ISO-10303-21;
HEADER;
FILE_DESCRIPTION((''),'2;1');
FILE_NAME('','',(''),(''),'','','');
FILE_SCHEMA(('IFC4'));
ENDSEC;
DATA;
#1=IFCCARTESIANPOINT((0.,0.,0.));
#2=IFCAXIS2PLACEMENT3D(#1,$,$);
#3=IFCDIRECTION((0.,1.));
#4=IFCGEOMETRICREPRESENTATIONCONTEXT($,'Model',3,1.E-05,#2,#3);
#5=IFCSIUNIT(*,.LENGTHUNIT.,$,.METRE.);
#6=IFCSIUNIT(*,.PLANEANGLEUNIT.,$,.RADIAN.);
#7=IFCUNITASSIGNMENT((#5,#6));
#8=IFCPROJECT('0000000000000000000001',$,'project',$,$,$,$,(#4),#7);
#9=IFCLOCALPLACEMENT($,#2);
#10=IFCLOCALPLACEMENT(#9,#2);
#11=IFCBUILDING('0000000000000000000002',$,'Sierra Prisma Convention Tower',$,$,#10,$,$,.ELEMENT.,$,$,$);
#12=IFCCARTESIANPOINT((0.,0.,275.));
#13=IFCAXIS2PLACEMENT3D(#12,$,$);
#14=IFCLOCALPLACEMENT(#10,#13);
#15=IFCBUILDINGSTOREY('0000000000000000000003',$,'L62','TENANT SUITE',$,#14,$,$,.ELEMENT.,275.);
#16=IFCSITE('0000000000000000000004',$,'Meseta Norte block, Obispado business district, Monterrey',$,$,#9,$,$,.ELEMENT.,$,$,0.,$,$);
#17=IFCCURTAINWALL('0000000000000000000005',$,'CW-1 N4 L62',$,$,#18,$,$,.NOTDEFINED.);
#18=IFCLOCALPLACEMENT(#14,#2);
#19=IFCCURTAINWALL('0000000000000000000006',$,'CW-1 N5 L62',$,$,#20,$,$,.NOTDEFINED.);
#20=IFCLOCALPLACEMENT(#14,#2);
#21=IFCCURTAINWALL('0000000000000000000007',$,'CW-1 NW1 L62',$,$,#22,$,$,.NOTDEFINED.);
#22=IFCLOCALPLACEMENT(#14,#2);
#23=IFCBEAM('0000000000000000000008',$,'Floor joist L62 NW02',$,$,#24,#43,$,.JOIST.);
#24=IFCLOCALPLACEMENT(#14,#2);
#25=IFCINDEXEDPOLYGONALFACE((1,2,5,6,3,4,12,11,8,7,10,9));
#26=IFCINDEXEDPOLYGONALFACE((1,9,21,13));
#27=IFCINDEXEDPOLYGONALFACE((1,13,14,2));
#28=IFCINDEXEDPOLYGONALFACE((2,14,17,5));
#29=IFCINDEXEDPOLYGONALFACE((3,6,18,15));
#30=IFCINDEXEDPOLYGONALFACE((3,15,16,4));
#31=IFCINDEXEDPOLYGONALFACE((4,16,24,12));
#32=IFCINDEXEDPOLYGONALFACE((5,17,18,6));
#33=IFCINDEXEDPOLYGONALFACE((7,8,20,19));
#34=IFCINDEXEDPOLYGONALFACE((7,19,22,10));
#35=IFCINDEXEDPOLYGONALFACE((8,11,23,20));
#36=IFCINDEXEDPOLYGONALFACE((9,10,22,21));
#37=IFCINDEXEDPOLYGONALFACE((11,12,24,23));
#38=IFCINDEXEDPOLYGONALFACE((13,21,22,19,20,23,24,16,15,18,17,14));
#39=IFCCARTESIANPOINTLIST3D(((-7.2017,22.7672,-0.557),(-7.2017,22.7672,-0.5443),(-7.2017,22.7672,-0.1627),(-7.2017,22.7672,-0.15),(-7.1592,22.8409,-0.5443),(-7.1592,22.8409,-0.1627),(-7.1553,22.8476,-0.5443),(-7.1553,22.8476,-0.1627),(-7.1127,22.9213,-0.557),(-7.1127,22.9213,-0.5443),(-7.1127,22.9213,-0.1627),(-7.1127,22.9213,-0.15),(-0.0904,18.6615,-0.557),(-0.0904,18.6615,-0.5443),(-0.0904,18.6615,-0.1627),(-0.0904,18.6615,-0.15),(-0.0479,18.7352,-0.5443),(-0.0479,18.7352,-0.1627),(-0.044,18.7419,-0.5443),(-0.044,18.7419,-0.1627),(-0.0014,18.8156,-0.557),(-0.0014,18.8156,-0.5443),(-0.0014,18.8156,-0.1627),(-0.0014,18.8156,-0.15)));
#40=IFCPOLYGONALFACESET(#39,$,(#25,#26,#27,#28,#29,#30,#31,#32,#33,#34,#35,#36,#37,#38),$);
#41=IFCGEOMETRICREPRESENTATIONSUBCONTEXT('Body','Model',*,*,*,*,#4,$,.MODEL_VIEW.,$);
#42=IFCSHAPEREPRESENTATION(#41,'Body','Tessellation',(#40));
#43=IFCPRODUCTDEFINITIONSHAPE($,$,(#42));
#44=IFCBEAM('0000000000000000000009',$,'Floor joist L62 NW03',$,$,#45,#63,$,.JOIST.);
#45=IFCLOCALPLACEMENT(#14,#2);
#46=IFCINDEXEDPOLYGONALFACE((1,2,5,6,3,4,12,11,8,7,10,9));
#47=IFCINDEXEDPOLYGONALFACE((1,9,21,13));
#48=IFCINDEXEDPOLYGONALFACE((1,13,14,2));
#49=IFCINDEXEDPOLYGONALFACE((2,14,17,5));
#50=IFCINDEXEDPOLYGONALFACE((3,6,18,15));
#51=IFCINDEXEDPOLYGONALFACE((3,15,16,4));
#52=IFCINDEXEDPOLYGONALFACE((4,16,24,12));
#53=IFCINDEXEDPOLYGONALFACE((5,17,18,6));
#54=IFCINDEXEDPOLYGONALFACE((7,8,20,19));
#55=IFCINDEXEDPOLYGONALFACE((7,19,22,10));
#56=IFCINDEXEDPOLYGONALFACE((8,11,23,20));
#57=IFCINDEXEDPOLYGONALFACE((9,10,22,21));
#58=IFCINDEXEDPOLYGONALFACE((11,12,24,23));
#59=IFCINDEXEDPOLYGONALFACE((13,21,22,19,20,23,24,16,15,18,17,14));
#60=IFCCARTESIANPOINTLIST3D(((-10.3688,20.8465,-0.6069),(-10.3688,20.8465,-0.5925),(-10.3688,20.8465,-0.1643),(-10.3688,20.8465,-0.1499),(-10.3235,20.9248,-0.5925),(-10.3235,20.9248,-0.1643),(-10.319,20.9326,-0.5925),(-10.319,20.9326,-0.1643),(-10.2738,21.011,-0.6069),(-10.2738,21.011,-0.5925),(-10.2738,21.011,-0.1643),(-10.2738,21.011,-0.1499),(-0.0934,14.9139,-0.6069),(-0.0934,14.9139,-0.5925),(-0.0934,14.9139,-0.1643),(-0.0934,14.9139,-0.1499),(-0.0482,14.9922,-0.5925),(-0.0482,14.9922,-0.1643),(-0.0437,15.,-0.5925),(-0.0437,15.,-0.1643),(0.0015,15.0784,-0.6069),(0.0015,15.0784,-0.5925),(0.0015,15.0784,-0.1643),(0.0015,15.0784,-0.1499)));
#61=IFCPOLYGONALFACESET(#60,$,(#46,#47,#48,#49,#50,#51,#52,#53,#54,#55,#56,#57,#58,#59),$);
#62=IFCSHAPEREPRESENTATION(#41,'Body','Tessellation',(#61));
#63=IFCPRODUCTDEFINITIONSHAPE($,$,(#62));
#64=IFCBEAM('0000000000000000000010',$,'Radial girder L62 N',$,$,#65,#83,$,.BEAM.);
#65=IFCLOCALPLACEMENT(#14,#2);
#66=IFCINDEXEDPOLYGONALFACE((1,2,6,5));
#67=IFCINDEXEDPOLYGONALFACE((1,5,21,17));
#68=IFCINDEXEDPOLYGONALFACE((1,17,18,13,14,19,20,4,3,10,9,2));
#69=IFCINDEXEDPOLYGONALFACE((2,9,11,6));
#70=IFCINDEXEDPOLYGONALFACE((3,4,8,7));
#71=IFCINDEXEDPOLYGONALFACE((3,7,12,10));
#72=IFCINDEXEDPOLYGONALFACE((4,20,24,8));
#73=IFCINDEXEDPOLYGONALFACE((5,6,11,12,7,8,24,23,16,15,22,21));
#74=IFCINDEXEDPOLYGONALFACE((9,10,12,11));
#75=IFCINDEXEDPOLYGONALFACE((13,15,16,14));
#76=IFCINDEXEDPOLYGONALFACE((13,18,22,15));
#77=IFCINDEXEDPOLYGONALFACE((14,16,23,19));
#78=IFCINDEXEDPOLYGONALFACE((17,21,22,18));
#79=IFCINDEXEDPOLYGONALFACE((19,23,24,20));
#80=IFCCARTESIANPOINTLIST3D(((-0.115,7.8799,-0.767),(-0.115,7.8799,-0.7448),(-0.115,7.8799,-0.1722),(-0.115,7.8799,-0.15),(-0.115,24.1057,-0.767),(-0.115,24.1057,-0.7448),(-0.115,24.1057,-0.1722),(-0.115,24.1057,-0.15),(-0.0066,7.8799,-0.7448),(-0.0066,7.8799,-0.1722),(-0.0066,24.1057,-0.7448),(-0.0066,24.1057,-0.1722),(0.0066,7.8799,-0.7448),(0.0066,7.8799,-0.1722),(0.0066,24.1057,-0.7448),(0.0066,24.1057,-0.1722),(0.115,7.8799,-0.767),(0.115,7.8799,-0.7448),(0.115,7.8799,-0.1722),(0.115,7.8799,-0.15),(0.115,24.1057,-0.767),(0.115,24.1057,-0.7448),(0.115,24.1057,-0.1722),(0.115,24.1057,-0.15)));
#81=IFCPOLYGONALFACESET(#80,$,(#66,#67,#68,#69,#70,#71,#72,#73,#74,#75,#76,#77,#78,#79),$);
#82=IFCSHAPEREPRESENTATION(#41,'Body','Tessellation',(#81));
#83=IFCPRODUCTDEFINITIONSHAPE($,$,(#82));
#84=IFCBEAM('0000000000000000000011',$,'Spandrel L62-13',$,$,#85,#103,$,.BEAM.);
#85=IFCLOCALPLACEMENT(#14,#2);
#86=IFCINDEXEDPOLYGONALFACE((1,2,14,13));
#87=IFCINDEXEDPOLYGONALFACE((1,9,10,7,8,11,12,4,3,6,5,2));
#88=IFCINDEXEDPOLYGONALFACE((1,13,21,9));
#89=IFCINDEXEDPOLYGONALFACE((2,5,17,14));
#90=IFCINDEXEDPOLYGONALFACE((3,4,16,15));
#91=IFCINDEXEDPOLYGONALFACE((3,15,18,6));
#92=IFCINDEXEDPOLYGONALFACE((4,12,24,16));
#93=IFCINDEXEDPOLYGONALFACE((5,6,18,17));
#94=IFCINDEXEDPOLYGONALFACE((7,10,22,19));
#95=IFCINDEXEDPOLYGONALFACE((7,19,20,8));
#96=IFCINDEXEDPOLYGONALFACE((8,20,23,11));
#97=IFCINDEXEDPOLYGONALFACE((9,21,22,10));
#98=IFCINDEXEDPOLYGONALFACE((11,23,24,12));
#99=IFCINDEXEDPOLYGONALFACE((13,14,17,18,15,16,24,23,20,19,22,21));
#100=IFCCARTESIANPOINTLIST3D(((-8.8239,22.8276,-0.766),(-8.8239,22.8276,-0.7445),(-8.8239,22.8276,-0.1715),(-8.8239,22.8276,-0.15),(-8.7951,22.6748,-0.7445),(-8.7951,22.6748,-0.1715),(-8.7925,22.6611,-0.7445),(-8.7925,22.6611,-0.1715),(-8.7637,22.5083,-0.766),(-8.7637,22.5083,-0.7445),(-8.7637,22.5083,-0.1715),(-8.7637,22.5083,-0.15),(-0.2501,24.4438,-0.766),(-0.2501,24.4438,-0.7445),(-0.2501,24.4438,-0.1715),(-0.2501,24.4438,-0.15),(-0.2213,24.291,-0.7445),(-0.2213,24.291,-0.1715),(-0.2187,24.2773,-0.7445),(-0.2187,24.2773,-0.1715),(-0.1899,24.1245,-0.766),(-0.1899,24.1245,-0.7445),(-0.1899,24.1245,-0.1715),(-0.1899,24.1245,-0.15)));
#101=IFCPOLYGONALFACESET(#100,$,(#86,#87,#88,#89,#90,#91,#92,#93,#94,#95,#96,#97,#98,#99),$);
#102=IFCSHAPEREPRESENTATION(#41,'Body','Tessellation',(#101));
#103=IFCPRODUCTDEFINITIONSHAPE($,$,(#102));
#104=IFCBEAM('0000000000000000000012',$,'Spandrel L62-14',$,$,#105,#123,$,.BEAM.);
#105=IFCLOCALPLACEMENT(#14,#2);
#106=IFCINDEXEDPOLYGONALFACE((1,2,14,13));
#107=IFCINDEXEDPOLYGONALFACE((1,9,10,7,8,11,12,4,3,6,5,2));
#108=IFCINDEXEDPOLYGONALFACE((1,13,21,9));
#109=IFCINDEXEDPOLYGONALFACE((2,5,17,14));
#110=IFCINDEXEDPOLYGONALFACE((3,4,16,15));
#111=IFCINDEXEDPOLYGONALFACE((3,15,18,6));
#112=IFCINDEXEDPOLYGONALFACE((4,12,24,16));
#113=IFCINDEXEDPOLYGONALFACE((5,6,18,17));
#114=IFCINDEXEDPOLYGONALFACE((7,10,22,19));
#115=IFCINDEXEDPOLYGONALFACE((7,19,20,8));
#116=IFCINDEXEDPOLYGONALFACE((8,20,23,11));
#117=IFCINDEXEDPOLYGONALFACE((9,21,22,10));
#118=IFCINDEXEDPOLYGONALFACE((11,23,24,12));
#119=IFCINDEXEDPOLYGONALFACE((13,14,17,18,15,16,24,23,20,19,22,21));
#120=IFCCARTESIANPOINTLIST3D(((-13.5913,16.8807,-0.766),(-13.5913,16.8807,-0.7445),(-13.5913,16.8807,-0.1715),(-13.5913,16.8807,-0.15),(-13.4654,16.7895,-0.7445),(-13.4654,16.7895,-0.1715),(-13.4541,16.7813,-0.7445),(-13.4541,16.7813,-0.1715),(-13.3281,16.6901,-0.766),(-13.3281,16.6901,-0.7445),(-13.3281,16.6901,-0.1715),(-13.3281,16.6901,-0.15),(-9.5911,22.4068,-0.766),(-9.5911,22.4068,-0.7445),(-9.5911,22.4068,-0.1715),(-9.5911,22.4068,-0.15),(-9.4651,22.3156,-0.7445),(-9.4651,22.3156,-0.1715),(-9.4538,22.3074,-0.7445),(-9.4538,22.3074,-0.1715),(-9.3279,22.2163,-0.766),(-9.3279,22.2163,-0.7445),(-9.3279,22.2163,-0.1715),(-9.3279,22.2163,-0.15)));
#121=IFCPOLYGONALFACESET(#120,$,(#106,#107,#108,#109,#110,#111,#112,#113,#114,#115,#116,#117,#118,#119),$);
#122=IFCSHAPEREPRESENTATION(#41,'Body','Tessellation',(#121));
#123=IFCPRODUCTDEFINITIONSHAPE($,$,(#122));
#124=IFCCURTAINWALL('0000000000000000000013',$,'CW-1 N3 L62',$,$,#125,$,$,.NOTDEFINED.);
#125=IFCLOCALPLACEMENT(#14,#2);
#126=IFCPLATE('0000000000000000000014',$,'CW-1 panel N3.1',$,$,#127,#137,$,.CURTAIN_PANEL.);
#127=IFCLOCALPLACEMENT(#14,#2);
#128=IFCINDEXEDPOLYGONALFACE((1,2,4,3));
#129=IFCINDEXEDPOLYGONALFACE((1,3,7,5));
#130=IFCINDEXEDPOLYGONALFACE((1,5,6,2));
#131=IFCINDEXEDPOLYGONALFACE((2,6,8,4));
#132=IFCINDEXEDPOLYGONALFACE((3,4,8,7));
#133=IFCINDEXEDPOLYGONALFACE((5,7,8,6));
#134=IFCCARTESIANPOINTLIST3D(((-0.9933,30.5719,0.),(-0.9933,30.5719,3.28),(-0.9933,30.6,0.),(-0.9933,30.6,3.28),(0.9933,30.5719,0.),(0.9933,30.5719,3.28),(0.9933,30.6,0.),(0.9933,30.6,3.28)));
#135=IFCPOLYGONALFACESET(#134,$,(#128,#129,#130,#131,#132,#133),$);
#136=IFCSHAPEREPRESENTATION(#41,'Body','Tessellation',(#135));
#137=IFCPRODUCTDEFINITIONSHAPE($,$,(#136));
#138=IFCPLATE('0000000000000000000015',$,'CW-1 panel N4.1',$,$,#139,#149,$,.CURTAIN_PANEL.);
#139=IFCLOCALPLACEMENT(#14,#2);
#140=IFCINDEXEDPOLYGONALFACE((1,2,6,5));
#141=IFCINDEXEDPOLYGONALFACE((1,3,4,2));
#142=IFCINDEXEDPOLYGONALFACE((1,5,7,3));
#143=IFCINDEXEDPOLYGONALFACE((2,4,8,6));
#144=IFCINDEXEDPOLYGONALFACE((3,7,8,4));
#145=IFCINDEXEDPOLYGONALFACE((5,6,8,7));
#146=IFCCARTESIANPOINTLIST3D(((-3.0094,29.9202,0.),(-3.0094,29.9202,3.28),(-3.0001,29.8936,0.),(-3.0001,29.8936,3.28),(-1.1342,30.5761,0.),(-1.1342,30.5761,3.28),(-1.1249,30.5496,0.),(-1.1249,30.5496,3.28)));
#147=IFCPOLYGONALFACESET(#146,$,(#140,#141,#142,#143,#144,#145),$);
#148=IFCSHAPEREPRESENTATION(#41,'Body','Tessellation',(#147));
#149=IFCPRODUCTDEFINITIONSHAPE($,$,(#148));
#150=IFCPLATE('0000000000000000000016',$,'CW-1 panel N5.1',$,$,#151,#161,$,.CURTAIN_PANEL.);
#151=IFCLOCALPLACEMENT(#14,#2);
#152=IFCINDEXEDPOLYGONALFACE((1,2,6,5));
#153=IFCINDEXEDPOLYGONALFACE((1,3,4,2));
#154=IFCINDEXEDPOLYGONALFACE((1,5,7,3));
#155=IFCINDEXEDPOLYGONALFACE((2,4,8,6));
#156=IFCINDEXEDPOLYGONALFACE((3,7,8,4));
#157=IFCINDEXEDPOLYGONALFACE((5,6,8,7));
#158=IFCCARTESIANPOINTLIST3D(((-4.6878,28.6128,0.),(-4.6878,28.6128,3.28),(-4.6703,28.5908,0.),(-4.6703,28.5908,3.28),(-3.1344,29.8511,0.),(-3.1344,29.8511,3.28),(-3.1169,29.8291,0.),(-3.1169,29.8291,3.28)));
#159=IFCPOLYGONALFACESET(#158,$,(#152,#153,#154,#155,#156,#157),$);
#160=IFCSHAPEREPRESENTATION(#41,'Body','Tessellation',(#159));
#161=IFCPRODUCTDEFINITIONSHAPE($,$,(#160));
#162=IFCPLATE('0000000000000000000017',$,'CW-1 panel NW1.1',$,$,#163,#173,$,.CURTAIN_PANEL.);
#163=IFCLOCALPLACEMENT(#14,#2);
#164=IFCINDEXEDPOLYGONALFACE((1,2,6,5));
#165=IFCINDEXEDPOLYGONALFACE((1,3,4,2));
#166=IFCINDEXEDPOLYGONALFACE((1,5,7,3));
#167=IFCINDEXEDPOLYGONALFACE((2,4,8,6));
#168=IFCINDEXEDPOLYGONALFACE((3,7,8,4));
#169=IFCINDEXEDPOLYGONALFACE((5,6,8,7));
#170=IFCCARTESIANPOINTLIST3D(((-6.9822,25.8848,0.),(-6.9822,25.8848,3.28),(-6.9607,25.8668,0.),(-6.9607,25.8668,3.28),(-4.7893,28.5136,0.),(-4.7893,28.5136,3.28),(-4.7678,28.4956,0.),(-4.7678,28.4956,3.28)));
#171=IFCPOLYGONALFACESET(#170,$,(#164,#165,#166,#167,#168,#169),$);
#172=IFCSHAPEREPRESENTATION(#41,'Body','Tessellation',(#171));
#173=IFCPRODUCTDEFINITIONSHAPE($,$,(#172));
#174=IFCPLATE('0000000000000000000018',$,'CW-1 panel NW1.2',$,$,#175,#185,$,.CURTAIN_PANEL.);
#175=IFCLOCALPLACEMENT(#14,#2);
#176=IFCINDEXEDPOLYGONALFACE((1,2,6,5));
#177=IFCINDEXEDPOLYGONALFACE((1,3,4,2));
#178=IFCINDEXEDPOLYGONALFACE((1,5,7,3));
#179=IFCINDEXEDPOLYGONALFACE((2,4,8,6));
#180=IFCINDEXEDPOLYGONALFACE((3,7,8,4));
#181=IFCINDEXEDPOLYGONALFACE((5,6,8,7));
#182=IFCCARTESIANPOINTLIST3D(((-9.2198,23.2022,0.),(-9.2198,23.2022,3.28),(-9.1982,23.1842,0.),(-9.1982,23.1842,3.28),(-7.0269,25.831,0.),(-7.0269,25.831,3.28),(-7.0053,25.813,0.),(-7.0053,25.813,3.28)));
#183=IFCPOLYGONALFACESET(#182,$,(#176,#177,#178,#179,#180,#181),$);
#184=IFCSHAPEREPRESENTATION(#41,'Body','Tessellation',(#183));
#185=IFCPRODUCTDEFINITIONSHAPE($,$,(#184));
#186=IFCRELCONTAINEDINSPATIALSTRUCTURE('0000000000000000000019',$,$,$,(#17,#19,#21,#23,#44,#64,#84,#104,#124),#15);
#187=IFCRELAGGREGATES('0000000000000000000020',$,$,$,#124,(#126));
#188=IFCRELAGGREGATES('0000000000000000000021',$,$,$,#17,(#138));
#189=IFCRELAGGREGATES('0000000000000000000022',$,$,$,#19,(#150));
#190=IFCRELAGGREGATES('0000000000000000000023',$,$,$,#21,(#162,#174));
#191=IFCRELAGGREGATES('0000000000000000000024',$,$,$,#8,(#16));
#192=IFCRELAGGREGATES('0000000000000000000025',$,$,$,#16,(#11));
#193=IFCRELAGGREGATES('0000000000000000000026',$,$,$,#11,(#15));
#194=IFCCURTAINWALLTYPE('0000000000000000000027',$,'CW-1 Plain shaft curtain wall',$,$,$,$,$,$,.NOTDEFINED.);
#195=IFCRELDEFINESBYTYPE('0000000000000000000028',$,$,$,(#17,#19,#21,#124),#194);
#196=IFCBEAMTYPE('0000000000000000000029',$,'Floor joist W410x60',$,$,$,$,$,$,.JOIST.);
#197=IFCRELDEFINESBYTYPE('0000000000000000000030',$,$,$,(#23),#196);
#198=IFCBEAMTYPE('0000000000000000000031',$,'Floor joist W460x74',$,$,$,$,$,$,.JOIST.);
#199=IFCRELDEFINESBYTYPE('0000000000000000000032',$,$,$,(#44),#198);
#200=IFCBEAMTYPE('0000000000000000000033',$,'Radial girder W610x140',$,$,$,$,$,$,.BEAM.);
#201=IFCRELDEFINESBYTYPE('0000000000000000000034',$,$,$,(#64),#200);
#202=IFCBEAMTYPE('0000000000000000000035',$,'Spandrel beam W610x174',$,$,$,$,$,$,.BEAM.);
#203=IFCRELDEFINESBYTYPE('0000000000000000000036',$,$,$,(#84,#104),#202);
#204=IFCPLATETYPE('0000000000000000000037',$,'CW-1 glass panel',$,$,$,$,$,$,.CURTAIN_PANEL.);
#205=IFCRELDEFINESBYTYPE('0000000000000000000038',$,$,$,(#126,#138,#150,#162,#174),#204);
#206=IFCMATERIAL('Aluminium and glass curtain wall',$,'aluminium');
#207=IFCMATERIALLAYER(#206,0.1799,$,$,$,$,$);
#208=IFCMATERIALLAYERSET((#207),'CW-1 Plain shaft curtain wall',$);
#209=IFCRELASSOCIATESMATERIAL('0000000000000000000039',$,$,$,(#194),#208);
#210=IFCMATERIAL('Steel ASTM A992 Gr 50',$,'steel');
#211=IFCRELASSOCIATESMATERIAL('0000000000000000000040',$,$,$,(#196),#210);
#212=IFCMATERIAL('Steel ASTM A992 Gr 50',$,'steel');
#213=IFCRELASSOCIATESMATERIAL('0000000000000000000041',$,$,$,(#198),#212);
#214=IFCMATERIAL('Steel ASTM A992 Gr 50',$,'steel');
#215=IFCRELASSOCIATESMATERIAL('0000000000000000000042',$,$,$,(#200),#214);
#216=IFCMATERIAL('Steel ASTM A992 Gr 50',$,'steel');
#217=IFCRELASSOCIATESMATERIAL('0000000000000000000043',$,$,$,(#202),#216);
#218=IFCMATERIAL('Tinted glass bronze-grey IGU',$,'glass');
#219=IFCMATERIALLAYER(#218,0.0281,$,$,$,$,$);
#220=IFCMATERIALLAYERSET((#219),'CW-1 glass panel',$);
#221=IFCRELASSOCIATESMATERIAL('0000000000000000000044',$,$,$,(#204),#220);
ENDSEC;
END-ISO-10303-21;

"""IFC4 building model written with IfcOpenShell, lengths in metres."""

from ifc_helpers import new_model, si_unit, direction, frame, origin, origin_2d, place, context, subcontext, project, spatial, rectangle, i_section, extrude, material, layer, layer_set, material_profile, profile_set, type_object, element, aggregate, save


model = new_model("IFC4")

# Units and contexts
model_context = context("Model", 3, precision=1e-05, world=origin(), true_north=direction((0.0, 1.0)))
body_context = subcontext(model_context, "Body", "Model", "MODEL_VIEW")
ifc_project = project(units=[si_unit("LENGTHUNIT", "METRE"), si_unit("PLANEANGLEUNIT", "RADIAN")], contexts=[model_context])

# Site, building, storey
site_placement = place(None, origin())
site = spatial("IfcSite", under=ifc_project, at=site_placement, Name="Meseta Norte block, Obispado business district, Monterrey", CompositionType="ELEMENT", RefElevation=0.0)
building_placement = place(site_placement, origin())
building = spatial("IfcBuilding", under=site, at=building_placement, Name="Sierra Prisma Convention Tower", CompositionType="ELEMENT")
storey_placement = place(building_placement, frame((0.0, 0.0, 275.0)))
storey = spatial("IfcBuildingStorey", under=building, at=storey_placement, Name="L62", Description="TENANT SUITE", CompositionType="ELEMENT", Elevation=275.0)

# Curtain walls
ifc_material_1 = material(Name="Aluminium and glass curtain wall", Category="aluminium")
ifc_layer_1 = layer(ifc_material_1, 0.1799)
ifc_layer_set_1 = layer_set([ifc_layer_1], Name="CW-1 Plain shaft curtain wall")
curtain_wall_type = type_object("IfcCurtainWallType", Name="CW-1 Plain shaft curtain wall", PredefinedType="NOTDEFINED", material=ifc_layer_set_1)
curtain_wall_1_placement = place(storey_placement, origin())
curtain_wall_1 = element("IfcCurtainWall", 1, at=curtain_wall_1_placement, inside=storey, type_object=curtain_wall_type, Name="CW-1 N4 L62", PredefinedType="NOTDEFINED")
curtain_wall_2_placement = place(storey_placement, origin())
curtain_wall_2 = element("IfcCurtainWall", 2, at=curtain_wall_2_placement, inside=storey, type_object=curtain_wall_type, Name="CW-1 N5 L62", PredefinedType="NOTDEFINED")

# Curtain wall
curtain_wall_3_placement = place(storey_placement, origin())
curtain_wall_3 = element("IfcCurtainWall", 3, at=curtain_wall_3_placement, inside=storey, type_object=curtain_wall_type, Name="CW-1 NW1 L62", PredefinedType="NOTDEFINED")

# Beams
ifc_material_2 = material(Name="Steel ASTM A992 Gr 50", Category="steel")
ifc_material_profile_1 = material_profile(ifc_material_2, i_section(OverallWidth=0.178, OverallDepth=0.407, WebThickness=0.0078, FlangeThickness=0.0127, at=origin_2d()), Name="W410x60")
ifc_profile_set_1 = profile_set([ifc_material_profile_1], Name="Steel ASTM A992 Gr 50")
beam_type_1 = type_object("IfcBeamType", Name="Floor joist W410x60", PredefinedType="JOIST", material=ifc_profile_set_1)
beam_1_placement = place(storey_placement, frame((-7.1572, 22.8442, -0.3535), z_axis=(0.866026, -0.499999, 0.0), x_axis=(0.499999, 0.866026, 0.0)))
element("IfcBeam", 4, at=beam_1_placement, inside=storey, type_object=beam_type_1, Name="Floor joist L62 NW02", PredefinedType="JOIST", context=body_context, shape_type="SweptSolid", body=[
    extrude(i_section(OverallWidth=0.178, OverallDepth=0.407, WebThickness=0.0078, FlangeThickness=0.0127, at=origin_2d()), origin(), (0.0, 0.0, 1.0), 8.2114),
])
ifc_material_3 = material(Name="Steel ASTM A992 Gr 50", Category="steel")
ifc_material_profile_2 = material_profile(ifc_material_3, i_section(OverallWidth=0.1899, OverallDepth=0.457, WebThickness=0.009, FlangeThickness=0.0144, at=origin_2d()), Name="W460x74")
ifc_profile_set_2 = profile_set([ifc_material_profile_2], Name="Steel ASTM A992 Gr 50")
beam_type_2 = type_object("IfcBeamType", Name="Floor joist W460x74", PredefinedType="JOIST", material=ifc_profile_set_2)
beam_2_placement = place(storey_placement, frame((-10.3213, 20.9287, -0.3784), z_axis=(0.866021, -0.500007, 0.0), x_axis=(0.500007, 0.866021, 0.0)))
element("IfcBeam", 5, at=beam_2_placement, inside=storey, type_object=beam_type_2, Name="Floor joist L62 NW03", PredefinedType="JOIST", context=body_context, shape_type="SweptSolid", body=[
    extrude(i_section(OverallWidth=0.1899, OverallDepth=0.457, WebThickness=0.009, FlangeThickness=0.0144, at=origin_2d()), origin(), (0.0, 0.0, 1.0), 11.865),
])
ifc_material_4 = material(Name="Steel ASTM A992 Gr 50", Category="steel")
ifc_material_profile_3 = material_profile(ifc_material_4, i_section(OverallWidth=0.23, OverallDepth=0.6169, WebThickness=0.0132, FlangeThickness=0.0222, at=origin_2d()), Name="W610x140")
ifc_profile_set_3 = profile_set([ifc_material_profile_3], Name="Steel ASTM A992 Gr 50")
beam_type_3 = type_object("IfcBeamType", Name="Radial girder W610x140", PredefinedType="BEAM", material=ifc_profile_set_3)
beam_3_placement = place(storey_placement, frame((0.0, 24.1057, -0.4585), z_axis=(0.0, -1.0, 0.0), x_axis=(1.0, 0.0, 0.0)))
element("IfcBeam", 6, at=beam_3_placement, inside=storey, type_object=beam_type_3, Name="Radial girder L62 N", PredefinedType="BEAM", context=body_context, shape_type="SweptSolid", body=[
    extrude(i_section(OverallWidth=0.23, OverallDepth=0.6169, WebThickness=0.0132, FlangeThickness=0.0222, at=origin_2d()), origin(), (0.0, 0.0, 1.0), 16.2258),
])
ifc_material_5 = material(Name="Steel ASTM A992 Gr 50", Category="steel")
ifc_material_profile_4 = material_profile(ifc_material_5, i_section(OverallWidth=0.325, OverallDepth=0.616, WebThickness=0.0139, FlangeThickness=0.0215, at=origin_2d()), Name="W610x174")
ifc_profile_set_4 = profile_set([ifc_material_profile_4], Name="Steel ASTM A992 Gr 50")
beam_type_4 = type_object("IfcBeamType", Name="Spandrel beam W610x174", PredefinedType="BEAM", material=ifc_profile_set_4)
beam_4_placement = place(storey_placement, frame((-0.22, 24.2842, -0.458), z_axis=(-0.982692, -0.185245, 0.0), x_axis=(0.185245, -0.982692, 0.0)))
element("IfcBeam", 7, at=beam_4_placement, inside=storey, type_object=beam_type_4, Name="Spandrel L62-13", PredefinedType="BEAM", context=body_context, shape_type="SweptSolid", body=[
    extrude(i_section(OverallWidth=0.325, OverallDepth=0.616, WebThickness=0.0139, FlangeThickness=0.0215, at=origin_2d()), origin(), (0.0, 0.0, 1.0), 8.7249),
])
beam_5_placement = place(storey_placement, frame((-9.4595, 22.3115, -0.458), z_axis=(-0.586372, -0.810042, 0.0), x_axis=(0.810042, -0.586372, 0.0)))
element("IfcBeam", 8, at=beam_5_placement, inside=storey, type_object=beam_type_4, Name="Spandrel L62-14", PredefinedType="BEAM", context=body_context, shape_type="SweptSolid", body=[
    extrude(i_section(OverallWidth=0.325, OverallDepth=0.616, WebThickness=0.0139, FlangeThickness=0.0215, at=origin_2d()), origin(), (0.0, 0.0, 1.0), 6.822),
])

# Curtain wall, plate
curtain_wall_4_placement = place(storey_placement, origin())
curtain_wall_4 = element("IfcCurtainWall", 9, at=curtain_wall_4_placement, inside=storey, type_object=curtain_wall_type, Name="CW-1 N3 L62", PredefinedType="NOTDEFINED")
ifc_material_6 = material(Name="Tinted glass bronze-grey IGU", Category="glass")
ifc_layer_2 = layer(ifc_material_6, 0.0281)
ifc_layer_set_2 = layer_set([ifc_layer_2], Name="CW-1 glass panel")
plate_type = type_object("IfcPlateType", Name="CW-1 glass panel", PredefinedType="CURTAIN_PANEL", material=ifc_layer_set_2)
plate_1_placement = place(storey_placement, frame((0.0, 30.5859, 0.0), z_axis=(0.0, 0.0, 1.0), x_axis=(-1.0, 0.0, 0.0)))
plate_1 = element("IfcPlate", 10, at=plate_1_placement, type_object=plate_type, Name="CW-1 panel N3.1", PredefinedType="CURTAIN_PANEL", context=body_context, shape_type="SweptSolid", body=[
    extrude(rectangle(XDim=1.9866, YDim=0.0281, at=origin_2d()), origin(), (0.0, 0.0, 1.0), 3.28),
])
aggregate(curtain_wall_4, [plate_1])

# Plates
plate_2_placement = place(storey_placement, frame((-2.0671, 30.2349, 0.0), z_axis=(0.0, 0.0, 1.0), x_axis=(-0.943918, -0.33018, 0.0)))
plate_2 = element("IfcPlate", 11, at=plate_2_placement, type_object=plate_type, Name="CW-1 panel N4.1", PredefinedType="CURTAIN_PANEL", context=body_context, shape_type="SweptSolid", body=[
    extrude(rectangle(XDim=1.9866, YDim=0.0281, at=origin_2d()), origin(), (0.0, 0.0, 1.0), 3.28),
])
aggregate(curtain_wall_1, [plate_2])
plate_3_placement = place(storey_placement, frame((-3.9023, 29.2209, 0.0), z_axis=(0.0, 0.0, 1.0), x_axis=(-0.781962, -0.623326, 0.0)))
plate_3 = element("IfcPlate", 12, at=plate_3_placement, type_object=plate_type, Name="CW-1 panel N5.1", PredefinedType="CURTAIN_PANEL", context=body_context, shape_type="SweptSolid", body=[
    extrude(rectangle(XDim=1.9866, YDim=0.0281, at=origin_2d()), origin(), (0.0, 0.0, 1.0), 3.28),
])
aggregate(curtain_wall_2, [plate_3])
plate_4_placement = place(storey_placement, frame((-5.875, 27.1902, 0.0), z_axis=(0.0, 0.0, 1.0), x_axis=(-0.640564, -0.767904, 0.0)))
plate_4 = element("IfcPlate", 13, at=plate_4_placement, type_object=plate_type, Name="CW-1 panel NW1.1", PredefinedType="CURTAIN_PANEL", context=body_context, shape_type="SweptSolid", body=[
    extrude(rectangle(XDim=3.4233, YDim=0.0281, at=origin_2d()), origin(), (0.0, 0.0, 1.0), 3.28),
])
plate_5_placement = place(storey_placement, frame((-8.1125, 24.5076, 0.0), z_axis=(0.0, 0.0, 1.0), x_axis=(-0.640564, -0.767904, 0.0)))
plate_5 = element("IfcPlate", 14, at=plate_5_placement, type_object=plate_type, Name="CW-1 panel NW1.2", PredefinedType="CURTAIN_PANEL", context=body_context, shape_type="SweptSolid", body=[
    extrude(rectangle(XDim=3.4233, YDim=0.0281, at=origin_2d()), origin(), (0.0, 0.0, 1.0), 3.28),
])
aggregate(curtain_wall_3, [plate_4, plate_5])

save(model, "model.ifc")
